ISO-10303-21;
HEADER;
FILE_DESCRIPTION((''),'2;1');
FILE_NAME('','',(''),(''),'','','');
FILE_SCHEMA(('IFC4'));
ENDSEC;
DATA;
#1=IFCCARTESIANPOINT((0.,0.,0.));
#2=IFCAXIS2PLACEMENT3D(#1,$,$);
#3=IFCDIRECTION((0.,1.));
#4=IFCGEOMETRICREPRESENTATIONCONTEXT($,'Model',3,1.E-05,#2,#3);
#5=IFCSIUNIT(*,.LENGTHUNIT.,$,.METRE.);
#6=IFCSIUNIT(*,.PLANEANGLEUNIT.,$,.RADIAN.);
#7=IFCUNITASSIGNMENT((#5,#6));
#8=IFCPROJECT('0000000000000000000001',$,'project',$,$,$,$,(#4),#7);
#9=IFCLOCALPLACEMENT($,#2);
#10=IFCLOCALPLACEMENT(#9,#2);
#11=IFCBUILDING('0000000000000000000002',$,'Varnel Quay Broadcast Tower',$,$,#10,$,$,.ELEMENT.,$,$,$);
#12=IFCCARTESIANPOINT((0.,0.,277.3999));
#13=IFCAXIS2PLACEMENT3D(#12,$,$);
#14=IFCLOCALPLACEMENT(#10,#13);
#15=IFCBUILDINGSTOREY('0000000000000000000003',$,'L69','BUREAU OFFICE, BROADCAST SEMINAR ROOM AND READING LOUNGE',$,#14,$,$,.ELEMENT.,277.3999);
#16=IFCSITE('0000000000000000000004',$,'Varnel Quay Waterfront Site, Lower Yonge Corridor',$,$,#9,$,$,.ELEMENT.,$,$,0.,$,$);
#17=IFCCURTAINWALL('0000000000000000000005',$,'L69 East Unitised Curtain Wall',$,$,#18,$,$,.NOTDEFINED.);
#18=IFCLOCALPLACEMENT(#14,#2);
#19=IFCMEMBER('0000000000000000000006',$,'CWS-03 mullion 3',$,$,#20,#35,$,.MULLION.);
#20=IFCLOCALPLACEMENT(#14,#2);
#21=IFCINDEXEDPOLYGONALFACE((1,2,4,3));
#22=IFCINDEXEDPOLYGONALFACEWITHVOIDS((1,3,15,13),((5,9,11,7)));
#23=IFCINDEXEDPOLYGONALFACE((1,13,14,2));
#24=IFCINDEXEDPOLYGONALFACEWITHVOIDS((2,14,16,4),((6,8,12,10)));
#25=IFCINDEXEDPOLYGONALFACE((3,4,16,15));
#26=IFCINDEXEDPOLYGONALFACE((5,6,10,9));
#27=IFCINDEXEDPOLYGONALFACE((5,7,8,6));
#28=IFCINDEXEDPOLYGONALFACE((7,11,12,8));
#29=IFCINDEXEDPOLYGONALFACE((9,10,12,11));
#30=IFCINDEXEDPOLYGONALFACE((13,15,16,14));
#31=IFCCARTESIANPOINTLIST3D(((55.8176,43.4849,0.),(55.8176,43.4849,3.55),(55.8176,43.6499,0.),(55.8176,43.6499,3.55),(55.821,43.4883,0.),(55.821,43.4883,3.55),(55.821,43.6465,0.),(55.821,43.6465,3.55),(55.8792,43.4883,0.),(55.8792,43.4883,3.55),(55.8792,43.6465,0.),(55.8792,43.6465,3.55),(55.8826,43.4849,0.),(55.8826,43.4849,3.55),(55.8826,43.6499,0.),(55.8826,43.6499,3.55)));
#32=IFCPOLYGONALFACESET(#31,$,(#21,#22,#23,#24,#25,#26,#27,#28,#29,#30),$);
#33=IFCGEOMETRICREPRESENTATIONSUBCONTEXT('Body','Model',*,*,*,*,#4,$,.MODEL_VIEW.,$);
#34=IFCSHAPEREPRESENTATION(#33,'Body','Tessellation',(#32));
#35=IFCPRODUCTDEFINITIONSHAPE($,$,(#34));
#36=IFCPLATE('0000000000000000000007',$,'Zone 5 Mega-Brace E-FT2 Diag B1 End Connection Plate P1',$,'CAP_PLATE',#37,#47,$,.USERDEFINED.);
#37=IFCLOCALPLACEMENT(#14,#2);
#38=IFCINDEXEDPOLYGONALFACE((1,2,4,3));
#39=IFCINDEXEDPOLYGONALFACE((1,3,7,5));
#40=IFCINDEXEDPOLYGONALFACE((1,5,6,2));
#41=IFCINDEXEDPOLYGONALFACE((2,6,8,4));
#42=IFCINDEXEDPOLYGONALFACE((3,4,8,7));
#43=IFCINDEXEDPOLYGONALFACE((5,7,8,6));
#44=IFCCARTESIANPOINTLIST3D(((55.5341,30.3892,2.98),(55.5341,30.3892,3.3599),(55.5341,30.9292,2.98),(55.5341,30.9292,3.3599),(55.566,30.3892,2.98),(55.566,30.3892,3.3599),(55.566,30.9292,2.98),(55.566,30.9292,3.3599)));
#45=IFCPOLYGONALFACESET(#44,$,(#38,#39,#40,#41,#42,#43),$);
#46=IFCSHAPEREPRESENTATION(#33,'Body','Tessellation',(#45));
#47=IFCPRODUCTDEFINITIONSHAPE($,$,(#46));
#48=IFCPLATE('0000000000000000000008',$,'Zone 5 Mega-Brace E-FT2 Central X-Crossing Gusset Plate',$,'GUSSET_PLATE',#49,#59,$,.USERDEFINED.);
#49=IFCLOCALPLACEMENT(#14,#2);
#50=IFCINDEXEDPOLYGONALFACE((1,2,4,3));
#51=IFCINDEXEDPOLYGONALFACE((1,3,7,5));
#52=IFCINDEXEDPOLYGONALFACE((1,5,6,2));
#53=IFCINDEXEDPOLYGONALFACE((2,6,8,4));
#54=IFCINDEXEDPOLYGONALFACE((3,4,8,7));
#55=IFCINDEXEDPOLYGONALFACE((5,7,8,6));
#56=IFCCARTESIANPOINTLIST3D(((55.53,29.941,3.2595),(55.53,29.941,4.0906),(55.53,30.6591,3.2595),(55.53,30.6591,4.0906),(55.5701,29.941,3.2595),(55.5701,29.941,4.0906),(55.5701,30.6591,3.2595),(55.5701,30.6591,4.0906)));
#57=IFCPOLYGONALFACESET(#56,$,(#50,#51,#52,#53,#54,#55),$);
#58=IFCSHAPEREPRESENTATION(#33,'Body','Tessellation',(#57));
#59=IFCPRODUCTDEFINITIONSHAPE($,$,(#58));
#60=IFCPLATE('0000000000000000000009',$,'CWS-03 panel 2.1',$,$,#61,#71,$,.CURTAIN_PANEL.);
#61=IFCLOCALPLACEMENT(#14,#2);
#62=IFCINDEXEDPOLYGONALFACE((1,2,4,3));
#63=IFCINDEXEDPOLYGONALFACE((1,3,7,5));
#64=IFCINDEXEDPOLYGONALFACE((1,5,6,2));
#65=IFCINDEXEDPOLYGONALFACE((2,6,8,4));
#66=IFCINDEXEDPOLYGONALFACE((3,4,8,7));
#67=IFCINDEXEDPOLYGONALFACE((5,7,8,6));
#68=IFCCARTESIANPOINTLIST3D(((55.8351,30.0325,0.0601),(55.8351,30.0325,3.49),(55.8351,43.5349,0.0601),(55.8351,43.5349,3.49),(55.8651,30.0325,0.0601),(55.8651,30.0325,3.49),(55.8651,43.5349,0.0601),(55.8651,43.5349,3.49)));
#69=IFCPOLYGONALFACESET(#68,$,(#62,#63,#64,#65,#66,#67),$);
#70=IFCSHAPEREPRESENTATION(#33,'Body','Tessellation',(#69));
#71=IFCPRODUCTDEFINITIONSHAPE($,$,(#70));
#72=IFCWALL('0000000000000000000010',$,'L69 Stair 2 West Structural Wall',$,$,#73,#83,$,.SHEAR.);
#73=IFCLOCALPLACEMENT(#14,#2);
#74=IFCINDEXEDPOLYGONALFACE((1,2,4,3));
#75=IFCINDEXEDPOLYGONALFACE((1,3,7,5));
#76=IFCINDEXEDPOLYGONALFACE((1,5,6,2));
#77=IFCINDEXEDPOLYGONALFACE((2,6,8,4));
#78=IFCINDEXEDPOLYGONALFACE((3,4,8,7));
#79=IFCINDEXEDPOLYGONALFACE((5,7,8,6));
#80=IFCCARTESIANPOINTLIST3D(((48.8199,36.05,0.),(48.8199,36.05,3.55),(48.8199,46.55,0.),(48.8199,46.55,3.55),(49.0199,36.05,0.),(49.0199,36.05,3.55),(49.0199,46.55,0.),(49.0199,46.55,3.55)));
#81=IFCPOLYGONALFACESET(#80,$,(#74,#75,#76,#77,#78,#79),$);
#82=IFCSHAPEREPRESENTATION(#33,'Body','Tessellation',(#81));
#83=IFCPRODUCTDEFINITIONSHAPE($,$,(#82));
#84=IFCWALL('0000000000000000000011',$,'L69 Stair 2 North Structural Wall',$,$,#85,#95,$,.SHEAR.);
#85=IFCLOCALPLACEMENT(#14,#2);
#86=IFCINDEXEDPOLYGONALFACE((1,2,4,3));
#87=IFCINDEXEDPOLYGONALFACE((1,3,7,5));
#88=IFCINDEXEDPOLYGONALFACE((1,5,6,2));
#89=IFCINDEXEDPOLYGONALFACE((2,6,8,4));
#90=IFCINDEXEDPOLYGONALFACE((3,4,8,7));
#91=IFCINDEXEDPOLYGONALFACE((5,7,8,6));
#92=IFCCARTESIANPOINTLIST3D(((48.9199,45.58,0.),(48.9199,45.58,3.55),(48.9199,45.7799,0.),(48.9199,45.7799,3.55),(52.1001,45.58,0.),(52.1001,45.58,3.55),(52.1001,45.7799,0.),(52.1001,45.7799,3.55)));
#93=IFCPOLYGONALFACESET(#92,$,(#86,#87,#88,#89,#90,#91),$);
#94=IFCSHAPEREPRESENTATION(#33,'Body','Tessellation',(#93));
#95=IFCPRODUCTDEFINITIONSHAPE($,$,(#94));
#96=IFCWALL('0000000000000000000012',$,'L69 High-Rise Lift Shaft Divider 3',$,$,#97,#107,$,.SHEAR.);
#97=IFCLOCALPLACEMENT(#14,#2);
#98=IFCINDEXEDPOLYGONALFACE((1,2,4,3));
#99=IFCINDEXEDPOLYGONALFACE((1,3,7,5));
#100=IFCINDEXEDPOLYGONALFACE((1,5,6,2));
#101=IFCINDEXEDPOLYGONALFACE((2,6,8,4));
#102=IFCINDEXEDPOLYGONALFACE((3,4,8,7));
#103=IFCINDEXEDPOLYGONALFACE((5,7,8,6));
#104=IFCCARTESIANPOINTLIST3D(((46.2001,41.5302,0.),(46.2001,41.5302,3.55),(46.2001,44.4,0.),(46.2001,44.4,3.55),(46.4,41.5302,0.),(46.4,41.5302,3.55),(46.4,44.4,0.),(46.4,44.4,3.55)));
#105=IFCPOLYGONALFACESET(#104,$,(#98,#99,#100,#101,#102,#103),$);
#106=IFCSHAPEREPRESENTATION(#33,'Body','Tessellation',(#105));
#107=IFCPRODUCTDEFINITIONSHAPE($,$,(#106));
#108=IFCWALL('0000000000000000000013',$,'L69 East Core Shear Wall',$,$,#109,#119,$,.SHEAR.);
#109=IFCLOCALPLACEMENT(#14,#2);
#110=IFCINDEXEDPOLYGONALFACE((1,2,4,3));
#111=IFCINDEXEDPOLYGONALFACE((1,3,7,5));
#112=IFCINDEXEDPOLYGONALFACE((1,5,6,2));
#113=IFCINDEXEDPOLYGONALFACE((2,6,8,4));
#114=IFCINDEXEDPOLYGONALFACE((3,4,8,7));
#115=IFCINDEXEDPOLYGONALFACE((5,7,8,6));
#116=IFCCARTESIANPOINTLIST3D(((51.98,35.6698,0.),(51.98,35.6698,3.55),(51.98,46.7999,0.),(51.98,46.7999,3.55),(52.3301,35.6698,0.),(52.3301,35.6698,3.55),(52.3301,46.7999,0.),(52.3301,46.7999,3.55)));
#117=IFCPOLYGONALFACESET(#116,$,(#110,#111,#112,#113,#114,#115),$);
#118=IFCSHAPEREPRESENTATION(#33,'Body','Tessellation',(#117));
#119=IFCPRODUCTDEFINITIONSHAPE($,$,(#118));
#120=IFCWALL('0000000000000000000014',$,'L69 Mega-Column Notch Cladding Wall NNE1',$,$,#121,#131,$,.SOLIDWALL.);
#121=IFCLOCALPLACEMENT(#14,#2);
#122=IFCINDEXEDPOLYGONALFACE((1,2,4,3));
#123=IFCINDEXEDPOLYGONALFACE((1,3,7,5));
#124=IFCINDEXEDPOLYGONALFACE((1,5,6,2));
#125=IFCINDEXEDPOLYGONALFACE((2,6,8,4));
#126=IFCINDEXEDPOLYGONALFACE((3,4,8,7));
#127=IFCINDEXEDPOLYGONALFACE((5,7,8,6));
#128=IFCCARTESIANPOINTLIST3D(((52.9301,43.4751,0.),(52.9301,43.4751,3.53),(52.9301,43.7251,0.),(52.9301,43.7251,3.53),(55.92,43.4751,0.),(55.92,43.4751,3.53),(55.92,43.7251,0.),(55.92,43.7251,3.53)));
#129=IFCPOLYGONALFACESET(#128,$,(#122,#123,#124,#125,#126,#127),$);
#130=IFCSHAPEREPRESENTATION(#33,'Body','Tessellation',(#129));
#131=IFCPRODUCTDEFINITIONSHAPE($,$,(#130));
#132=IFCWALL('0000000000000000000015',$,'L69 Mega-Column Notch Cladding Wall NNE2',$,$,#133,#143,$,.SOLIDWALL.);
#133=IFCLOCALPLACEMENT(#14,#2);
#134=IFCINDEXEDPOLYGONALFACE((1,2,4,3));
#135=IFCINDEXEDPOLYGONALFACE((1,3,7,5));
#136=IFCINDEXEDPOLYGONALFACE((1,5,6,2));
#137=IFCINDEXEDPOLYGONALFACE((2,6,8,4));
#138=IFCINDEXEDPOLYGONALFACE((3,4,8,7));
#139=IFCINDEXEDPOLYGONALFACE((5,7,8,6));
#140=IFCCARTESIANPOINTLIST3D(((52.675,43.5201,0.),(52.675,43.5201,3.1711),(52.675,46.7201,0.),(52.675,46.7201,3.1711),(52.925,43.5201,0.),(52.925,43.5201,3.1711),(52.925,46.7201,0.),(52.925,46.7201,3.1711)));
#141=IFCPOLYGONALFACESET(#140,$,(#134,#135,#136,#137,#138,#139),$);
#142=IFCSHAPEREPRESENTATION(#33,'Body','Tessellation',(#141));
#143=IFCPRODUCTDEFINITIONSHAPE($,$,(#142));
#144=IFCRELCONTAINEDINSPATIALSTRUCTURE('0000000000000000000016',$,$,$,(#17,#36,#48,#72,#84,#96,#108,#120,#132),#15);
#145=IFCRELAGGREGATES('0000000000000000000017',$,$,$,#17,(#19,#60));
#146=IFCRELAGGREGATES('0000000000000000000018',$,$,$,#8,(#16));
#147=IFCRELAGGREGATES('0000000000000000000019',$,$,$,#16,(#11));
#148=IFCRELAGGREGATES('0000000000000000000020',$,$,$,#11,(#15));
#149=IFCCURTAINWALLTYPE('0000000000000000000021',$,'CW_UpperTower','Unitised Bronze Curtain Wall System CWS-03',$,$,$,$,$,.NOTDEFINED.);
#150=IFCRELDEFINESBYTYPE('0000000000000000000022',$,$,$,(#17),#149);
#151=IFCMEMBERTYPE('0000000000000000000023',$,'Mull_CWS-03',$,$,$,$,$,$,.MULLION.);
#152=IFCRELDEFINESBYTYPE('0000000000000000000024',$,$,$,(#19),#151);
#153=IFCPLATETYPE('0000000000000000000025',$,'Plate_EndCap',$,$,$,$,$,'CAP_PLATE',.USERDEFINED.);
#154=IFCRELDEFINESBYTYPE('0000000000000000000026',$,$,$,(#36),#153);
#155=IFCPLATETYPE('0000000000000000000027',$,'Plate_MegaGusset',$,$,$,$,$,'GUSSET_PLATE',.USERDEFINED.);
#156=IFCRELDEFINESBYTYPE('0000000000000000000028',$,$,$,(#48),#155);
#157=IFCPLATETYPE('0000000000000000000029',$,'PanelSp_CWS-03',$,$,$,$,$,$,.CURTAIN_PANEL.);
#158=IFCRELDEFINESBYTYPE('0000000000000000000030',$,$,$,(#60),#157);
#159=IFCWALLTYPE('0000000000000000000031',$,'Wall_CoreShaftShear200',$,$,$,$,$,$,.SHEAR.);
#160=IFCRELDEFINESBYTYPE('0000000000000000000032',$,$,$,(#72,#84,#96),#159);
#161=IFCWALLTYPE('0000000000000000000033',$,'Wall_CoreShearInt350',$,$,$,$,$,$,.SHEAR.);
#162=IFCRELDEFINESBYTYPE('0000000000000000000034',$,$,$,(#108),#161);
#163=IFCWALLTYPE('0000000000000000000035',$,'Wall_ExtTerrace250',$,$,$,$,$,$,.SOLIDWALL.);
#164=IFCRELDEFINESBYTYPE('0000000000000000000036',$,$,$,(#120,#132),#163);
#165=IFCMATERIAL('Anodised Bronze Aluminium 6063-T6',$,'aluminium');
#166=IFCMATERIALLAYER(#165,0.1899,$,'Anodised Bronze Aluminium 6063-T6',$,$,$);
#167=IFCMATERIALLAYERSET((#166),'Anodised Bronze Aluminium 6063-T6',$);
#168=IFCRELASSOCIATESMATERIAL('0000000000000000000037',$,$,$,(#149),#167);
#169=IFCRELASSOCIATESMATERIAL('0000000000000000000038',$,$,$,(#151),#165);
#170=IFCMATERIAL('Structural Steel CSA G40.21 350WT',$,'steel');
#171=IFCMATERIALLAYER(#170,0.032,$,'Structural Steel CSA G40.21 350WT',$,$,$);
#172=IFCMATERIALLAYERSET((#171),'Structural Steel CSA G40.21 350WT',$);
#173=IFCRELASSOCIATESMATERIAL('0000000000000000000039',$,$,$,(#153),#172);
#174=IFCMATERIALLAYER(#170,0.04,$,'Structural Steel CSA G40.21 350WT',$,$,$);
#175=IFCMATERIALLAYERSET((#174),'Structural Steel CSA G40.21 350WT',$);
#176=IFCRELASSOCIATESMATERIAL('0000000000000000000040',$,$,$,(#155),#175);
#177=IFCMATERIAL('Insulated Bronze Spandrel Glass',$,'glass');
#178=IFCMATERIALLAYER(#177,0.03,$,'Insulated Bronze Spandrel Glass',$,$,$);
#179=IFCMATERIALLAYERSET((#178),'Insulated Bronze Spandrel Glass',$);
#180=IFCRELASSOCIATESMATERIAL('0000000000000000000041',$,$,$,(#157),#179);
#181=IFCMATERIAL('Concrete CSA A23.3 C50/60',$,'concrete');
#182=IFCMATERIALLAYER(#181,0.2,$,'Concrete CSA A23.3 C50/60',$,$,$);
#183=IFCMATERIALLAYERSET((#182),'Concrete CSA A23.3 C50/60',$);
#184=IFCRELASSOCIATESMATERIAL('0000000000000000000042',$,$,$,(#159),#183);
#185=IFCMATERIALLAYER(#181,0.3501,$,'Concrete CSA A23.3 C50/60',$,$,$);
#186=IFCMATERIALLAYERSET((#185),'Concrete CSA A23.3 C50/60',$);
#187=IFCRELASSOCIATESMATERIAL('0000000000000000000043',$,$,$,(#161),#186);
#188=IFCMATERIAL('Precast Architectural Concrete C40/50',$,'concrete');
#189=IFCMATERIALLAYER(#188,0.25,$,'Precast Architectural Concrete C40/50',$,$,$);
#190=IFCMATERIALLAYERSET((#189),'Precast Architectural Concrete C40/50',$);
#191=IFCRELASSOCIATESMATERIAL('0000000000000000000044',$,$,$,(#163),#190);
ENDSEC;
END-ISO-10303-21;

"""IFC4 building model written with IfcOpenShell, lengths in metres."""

from ifc_helpers import new_model, si_unit, direction, frame, frame_2d, origin, origin_2d, place, context, subcontext, project, spatial, rectangle, hollow_rectangle, extrude, source, transform, mapped, material, layer, layer_set, material_profile, profile_set, type_object, type_shapes, element, aggregate, save


model = new_model("IFC4")

# Units and contexts
model_context = context("Model", 3, precision=1e-05, world=origin(), true_north=direction((0.0, 1.0)))
body_context = subcontext(model_context, "Body", "Model", "MODEL_VIEW")
ifc_project = project(units=[si_unit("LENGTHUNIT", "METRE"), si_unit("PLANEANGLEUNIT", "RADIAN")], contexts=[model_context])

# Site, building, storey
site_placement = place(None, origin())
site = spatial("IfcSite", under=ifc_project, at=site_placement, Name="Varnel Quay Waterfront Site, Lower Yonge Corridor", CompositionType="ELEMENT", RefElevation=0.0)
building_placement = place(site_placement, origin())
building = spatial("IfcBuilding", under=site, at=building_placement, Name="Varnel Quay Broadcast Tower", CompositionType="ELEMENT")
storey_placement = place(building_placement, frame((0.0, 0.0, 277.3999)))
storey = spatial("IfcBuildingStorey", under=building, at=storey_placement, Name="L69", Description="BUREAU OFFICE, BROADCAST SEMINAR ROOM AND READING LOUNGE", CompositionType="ELEMENT", Elevation=277.3999)

# Shared definitions
ifc_material_1 = material(Name="Structural Steel CSA G40.21 350WT", Category="steel")

# Curtain wall, member
ifc_material_2 = material(Name="Anodised Bronze Aluminium 6063-T6", Category="aluminium")
ifc_layer_1 = layer(ifc_material_2, 0.1899, Name="Anodised Bronze Aluminium 6063-T6")
ifc_layer_set_1 = layer_set([ifc_layer_1], Name="Anodised Bronze Aluminium 6063-T6")
curtain_wall_type = type_object("IfcCurtainWallType", Name="CW_UpperTower", Description="Unitised Bronze Curtain Wall System CWS-03", PredefinedType="NOTDEFINED", material=ifc_layer_set_1)
curtain_wall_placement = place(storey_placement, origin())
curtain_wall = element("IfcCurtainWall", 1, at=curtain_wall_placement, inside=storey, type_object=curtain_wall_type, Name="L69 East Unitised Curtain Wall", PredefinedType="NOTDEFINED")
ifc_material_profile_1 = material_profile(ifc_material_2, hollow_rectangle(XDim=0.0649, YDim=0.165, WallThickness=0.0034, at=origin_2d()), Name="ALU65X165X3.5")
ifc_profile_set_1 = profile_set([ifc_material_profile_1], Name="Anodised Bronze Aluminium 6063-T6")
member_type_1 = type_object("IfcMemberType", Name="Mull_CWS-03", PredefinedType="MULLION", material=ifc_profile_set_1)
shared_shape_1 = source(origin(), body_context, "Body", "SweptSolid", [
    extrude(hollow_rectangle(XDim=0.0649, YDim=0.165, WallThickness=0.0034, at=origin_2d()), origin(), (0.0, 0.0, 1.0), 3.55),
])
type_shapes(member_type_1, [shared_shape_1])
member_1_placement = place(storey_placement, frame((55.8501, 43.5674, 0.0), z_axis=(0.0, 0.0, 1.0), x_axis=(-1.0, 0.0, 0.0)))
member_1 = element("IfcMember", 2, at=member_1_placement, type_object=member_type_1, Name="CWS-03 mullion 3", PredefinedType="MULLION", context=body_context, shape_type="MappedRepresentation", body=[
    mapped(shared_shape_1, transform((0.0, 0.0, 0.0), x_axis=(1.0, 0.0, 0.0), y_axis=(0.0, 1.0, 0.0), z_axis=(0.0, 0.0, 1.0), scale=1.0)),
])

# Plates
ifc_layer_2 = layer(ifc_material_1, 0.032, Name="Structural Steel CSA G40.21 350WT")
ifc_layer_set_2 = layer_set([ifc_layer_2], Name="Structural Steel CSA G40.21 350WT")
plate_type_1 = type_object("IfcPlateType", Name="Plate_EndCap", ElementType="CAP_PLATE", PredefinedType="USERDEFINED", material=ifc_layer_set_2)
shared_shape_2 = source(origin(), body_context, "Body", "SweptSolid", [
    extrude(rectangle(XDim=0.54, YDim=0.032, at=origin_2d()), origin(), (0.0, 0.0, 1.0), 0.3799),
])
type_shapes(plate_type_1, [shared_shape_2])
plate_1_placement = place(storey_placement, frame((55.55, 30.6592, 2.98), z_axis=(0.0, 0.0, 1.0), x_axis=(0.0, 1.0, 0.0)))
element("IfcPlate", 3, at=plate_1_placement, inside=storey, type_object=plate_type_1, Name="Zone 5 Mega-Brace E-FT2 Diag B1 End Connection Plate P1", ObjectType="CAP_PLATE", PredefinedType="USERDEFINED", context=body_context, shape_type="MappedRepresentation", body=[
    mapped(shared_shape_2, transform((0.0, 0.0, 0.0), x_axis=(1.0, 0.0, 0.0), y_axis=(0.0, 1.0, 0.0), z_axis=(0.0, 0.0, 1.0), scale=1.0)),
])
ifc_layer_3 = layer(ifc_material_1, 0.04, Name="Structural Steel CSA G40.21 350WT")
ifc_layer_set_3 = layer_set([ifc_layer_3], Name="Structural Steel CSA G40.21 350WT")
plate_type_2 = type_object("IfcPlateType", Name="Plate_MegaGusset", ElementType="GUSSET_PLATE", PredefinedType="USERDEFINED", material=ifc_layer_set_3)
shared_shape_3 = source(origin(), body_context, "Body", "SweptSolid", [
    extrude(rectangle(XDim=0.718, YDim=0.04, at=origin_2d()), origin(), (0.0, 0.0, 1.0), 0.8311),
])
type_shapes(plate_type_2, [shared_shape_3])
plate_2_placement = place(storey_placement, frame((55.55, 30.3, 3.2595), z_axis=(0.0, 0.0, 1.0), x_axis=(0.0, 1.0, 0.0)))
element("IfcPlate", 4, at=plate_2_placement, inside=storey, type_object=plate_type_2, Name="Zone 5 Mega-Brace E-FT2 Central X-Crossing Gusset Plate", ObjectType="GUSSET_PLATE", PredefinedType="USERDEFINED", context=body_context, shape_type="MappedRepresentation", body=[
    mapped(shared_shape_3, transform((0.0, 0.0, 0.0), x_axis=(1.0, 0.0, 0.0), y_axis=(0.0, 1.0, 0.0), z_axis=(0.0, 0.0, 1.0), scale=1.0)),
])

# Plate
ifc_material_3 = material(Name="Insulated Bronze Spandrel Glass", Category="glass")
ifc_layer_4 = layer(ifc_material_3, 0.03, Name="Insulated Bronze Spandrel Glass")
ifc_layer_set_4 = layer_set([ifc_layer_4], Name="Insulated Bronze Spandrel Glass")
plate_type_3 = type_object("IfcPlateType", Name="PanelSp_CWS-03", PredefinedType="CURTAIN_PANEL", material=ifc_layer_set_4)
shared_shape_4 = source(origin(), body_context, "Body", "SweptSolid", [
    extrude(rectangle(XDim=13.5024, YDim=0.03, at=origin_2d()), origin(), (0.0, 0.0, 1.0), 3.4299),
])
type_shapes(plate_type_3, [shared_shape_4])
plate_3_placement = place(storey_placement, frame((55.8501, 36.7837, 0.0601), z_axis=(0.0, 0.0, 1.0), x_axis=(0.0, 1.0, 0.0)))
plate_3 = element("IfcPlate", 5, at=plate_3_placement, type_object=plate_type_3, Name="CWS-03 panel 2.1", PredefinedType="CURTAIN_PANEL", context=body_context, shape_type="MappedRepresentation", body=[
    mapped(shared_shape_4, transform((0.0, 0.0, 0.0), x_axis=(1.0, 0.0, 0.0), y_axis=(0.0, 1.0, 0.0), z_axis=(0.0, 0.0, 1.0), scale=1.0)),
])
aggregate(curtain_wall, [member_1, plate_3])

# Walls
ifc_material_4 = material(Name="Concrete CSA A23.3 C50/60", Category="concrete")
ifc_layer_5 = layer(ifc_material_4, 0.2, Name="Concrete CSA A23.3 C50/60")
ifc_layer_set_5 = layer_set([ifc_layer_5], Name="Concrete CSA A23.3 C50/60")
wall_type_1 = type_object("IfcWallType", Name="Wall_CoreShaftShear200", PredefinedType="SHEAR", material=ifc_layer_set_5)
wall_1_placement = place(storey_placement, frame((48.9199, 36.05, 0.0), z_axis=(0.0, 0.0, 1.0), x_axis=(0.0, 1.0, 0.0)))
element("IfcWall", 6, at=wall_1_placement, inside=storey, type_object=wall_type_1, Name="L69 Stair 2 West Structural Wall", PredefinedType="SHEAR", context=body_context, shape_type="SweptSolid", body=[
    extrude(rectangle(XDim=10.5, YDim=0.2, at=frame_2d((5.25, 0.0))), origin(), (0.0, 0.0, 1.0), 3.55),
])
wall_2_placement = place(storey_placement, frame((48.9199, 45.6799, 0.0), z_axis=(0.0, 0.0, 1.0), x_axis=(1.0, 0.0, 0.0)))
element("IfcWall", 7, at=wall_2_placement, inside=storey, type_object=wall_type_1, Name="L69 Stair 2 North Structural Wall", PredefinedType="SHEAR", context=body_context, shape_type="SweptSolid", body=[
    extrude(rectangle(XDim=3.1802, YDim=0.2, at=frame_2d((1.5901, 0.0))), origin(), (0.0, 0.0, 1.0), 3.55),
])
wall_3_placement = place(storey_placement, frame((46.3, 41.53, 0.0), z_axis=(0.0, 0.0, 1.0), x_axis=(0.0, 1.0, 0.0)))
element("IfcWall", 8, at=wall_3_placement, inside=storey, type_object=wall_type_1, Name="L69 High-Rise Lift Shaft Divider 3", PredefinedType="SHEAR", context=body_context, shape_type="SweptSolid", body=[
    extrude(rectangle(XDim=2.8699, YDim=0.2, at=frame_2d((1.4351, 0.0))), origin(), (0.0, 0.0, 1.0), 3.55),
])
ifc_layer_6 = layer(ifc_material_4, 0.3501, Name="Concrete CSA A23.3 C50/60")
ifc_layer_set_6 = layer_set([ifc_layer_6], Name="Concrete CSA A23.3 C50/60")
wall_type_2 = type_object("IfcWallType", Name="Wall_CoreShearInt350", PredefinedType="SHEAR", material=ifc_layer_set_6)
wall_4_placement = place(storey_placement, frame((52.155, 35.6699, 0.0), z_axis=(0.0, 0.0, 1.0), x_axis=(0.0, 1.0, 0.0)))
element("IfcWall", 9, at=wall_4_placement, inside=storey, type_object=wall_type_2, Name="L69 East Core Shear Wall", PredefinedType="SHEAR", context=body_context, shape_type="SweptSolid", body=[
    extrude(rectangle(XDim=11.1301, YDim=0.3501, at=frame_2d((5.5649, 0.0))), origin(), (0.0, 0.0, 1.0), 3.55),
])
ifc_material_5 = material(Name="Precast Architectural Concrete C40/50", Category="concrete")
ifc_layer_7 = layer(ifc_material_5, 0.25, Name="Precast Architectural Concrete C40/50")
ifc_layer_set_7 = layer_set([ifc_layer_7], Name="Precast Architectural Concrete C40/50")
wall_type_3 = type_object("IfcWallType", Name="Wall_ExtTerrace250", PredefinedType="SOLIDWALL", material=ifc_layer_set_7)
wall_5_placement = place(storey_placement, frame((52.9299, 43.6001, 0.0), z_axis=(0.0, 0.0, 1.0), x_axis=(1.0, 0.0, 0.0)))
element("IfcWall", 10, at=wall_5_placement, inside=storey, type_object=wall_type_3, Name="L69 Mega-Column Notch Cladding Wall NNE1", PredefinedType="SOLIDWALL", context=body_context, shape_type="SweptSolid", body=[
    extrude(rectangle(XDim=2.99, YDim=0.25, at=frame_2d((1.4951, 0.0))), origin(), (0.0, 0.0, 1.0), 3.53),
])
wall_6_placement = place(storey_placement, frame((52.8, 43.52, 0.0), z_axis=(0.0, 0.0, 1.0), x_axis=(0.0, 1.0, 0.0)))
element("IfcWall", 11, at=wall_6_placement, inside=storey, type_object=wall_type_3, Name="L69 Mega-Column Notch Cladding Wall NNE2", PredefinedType="SOLIDWALL", context=body_context, shape_type="SweptSolid", body=[
    extrude(rectangle(XDim=3.2, YDim=0.25, at=frame_2d((1.6001, 0.0))), origin(), (0.0, 0.0, 1.0), 3.1711),
])

save(model, "model.ifc")
